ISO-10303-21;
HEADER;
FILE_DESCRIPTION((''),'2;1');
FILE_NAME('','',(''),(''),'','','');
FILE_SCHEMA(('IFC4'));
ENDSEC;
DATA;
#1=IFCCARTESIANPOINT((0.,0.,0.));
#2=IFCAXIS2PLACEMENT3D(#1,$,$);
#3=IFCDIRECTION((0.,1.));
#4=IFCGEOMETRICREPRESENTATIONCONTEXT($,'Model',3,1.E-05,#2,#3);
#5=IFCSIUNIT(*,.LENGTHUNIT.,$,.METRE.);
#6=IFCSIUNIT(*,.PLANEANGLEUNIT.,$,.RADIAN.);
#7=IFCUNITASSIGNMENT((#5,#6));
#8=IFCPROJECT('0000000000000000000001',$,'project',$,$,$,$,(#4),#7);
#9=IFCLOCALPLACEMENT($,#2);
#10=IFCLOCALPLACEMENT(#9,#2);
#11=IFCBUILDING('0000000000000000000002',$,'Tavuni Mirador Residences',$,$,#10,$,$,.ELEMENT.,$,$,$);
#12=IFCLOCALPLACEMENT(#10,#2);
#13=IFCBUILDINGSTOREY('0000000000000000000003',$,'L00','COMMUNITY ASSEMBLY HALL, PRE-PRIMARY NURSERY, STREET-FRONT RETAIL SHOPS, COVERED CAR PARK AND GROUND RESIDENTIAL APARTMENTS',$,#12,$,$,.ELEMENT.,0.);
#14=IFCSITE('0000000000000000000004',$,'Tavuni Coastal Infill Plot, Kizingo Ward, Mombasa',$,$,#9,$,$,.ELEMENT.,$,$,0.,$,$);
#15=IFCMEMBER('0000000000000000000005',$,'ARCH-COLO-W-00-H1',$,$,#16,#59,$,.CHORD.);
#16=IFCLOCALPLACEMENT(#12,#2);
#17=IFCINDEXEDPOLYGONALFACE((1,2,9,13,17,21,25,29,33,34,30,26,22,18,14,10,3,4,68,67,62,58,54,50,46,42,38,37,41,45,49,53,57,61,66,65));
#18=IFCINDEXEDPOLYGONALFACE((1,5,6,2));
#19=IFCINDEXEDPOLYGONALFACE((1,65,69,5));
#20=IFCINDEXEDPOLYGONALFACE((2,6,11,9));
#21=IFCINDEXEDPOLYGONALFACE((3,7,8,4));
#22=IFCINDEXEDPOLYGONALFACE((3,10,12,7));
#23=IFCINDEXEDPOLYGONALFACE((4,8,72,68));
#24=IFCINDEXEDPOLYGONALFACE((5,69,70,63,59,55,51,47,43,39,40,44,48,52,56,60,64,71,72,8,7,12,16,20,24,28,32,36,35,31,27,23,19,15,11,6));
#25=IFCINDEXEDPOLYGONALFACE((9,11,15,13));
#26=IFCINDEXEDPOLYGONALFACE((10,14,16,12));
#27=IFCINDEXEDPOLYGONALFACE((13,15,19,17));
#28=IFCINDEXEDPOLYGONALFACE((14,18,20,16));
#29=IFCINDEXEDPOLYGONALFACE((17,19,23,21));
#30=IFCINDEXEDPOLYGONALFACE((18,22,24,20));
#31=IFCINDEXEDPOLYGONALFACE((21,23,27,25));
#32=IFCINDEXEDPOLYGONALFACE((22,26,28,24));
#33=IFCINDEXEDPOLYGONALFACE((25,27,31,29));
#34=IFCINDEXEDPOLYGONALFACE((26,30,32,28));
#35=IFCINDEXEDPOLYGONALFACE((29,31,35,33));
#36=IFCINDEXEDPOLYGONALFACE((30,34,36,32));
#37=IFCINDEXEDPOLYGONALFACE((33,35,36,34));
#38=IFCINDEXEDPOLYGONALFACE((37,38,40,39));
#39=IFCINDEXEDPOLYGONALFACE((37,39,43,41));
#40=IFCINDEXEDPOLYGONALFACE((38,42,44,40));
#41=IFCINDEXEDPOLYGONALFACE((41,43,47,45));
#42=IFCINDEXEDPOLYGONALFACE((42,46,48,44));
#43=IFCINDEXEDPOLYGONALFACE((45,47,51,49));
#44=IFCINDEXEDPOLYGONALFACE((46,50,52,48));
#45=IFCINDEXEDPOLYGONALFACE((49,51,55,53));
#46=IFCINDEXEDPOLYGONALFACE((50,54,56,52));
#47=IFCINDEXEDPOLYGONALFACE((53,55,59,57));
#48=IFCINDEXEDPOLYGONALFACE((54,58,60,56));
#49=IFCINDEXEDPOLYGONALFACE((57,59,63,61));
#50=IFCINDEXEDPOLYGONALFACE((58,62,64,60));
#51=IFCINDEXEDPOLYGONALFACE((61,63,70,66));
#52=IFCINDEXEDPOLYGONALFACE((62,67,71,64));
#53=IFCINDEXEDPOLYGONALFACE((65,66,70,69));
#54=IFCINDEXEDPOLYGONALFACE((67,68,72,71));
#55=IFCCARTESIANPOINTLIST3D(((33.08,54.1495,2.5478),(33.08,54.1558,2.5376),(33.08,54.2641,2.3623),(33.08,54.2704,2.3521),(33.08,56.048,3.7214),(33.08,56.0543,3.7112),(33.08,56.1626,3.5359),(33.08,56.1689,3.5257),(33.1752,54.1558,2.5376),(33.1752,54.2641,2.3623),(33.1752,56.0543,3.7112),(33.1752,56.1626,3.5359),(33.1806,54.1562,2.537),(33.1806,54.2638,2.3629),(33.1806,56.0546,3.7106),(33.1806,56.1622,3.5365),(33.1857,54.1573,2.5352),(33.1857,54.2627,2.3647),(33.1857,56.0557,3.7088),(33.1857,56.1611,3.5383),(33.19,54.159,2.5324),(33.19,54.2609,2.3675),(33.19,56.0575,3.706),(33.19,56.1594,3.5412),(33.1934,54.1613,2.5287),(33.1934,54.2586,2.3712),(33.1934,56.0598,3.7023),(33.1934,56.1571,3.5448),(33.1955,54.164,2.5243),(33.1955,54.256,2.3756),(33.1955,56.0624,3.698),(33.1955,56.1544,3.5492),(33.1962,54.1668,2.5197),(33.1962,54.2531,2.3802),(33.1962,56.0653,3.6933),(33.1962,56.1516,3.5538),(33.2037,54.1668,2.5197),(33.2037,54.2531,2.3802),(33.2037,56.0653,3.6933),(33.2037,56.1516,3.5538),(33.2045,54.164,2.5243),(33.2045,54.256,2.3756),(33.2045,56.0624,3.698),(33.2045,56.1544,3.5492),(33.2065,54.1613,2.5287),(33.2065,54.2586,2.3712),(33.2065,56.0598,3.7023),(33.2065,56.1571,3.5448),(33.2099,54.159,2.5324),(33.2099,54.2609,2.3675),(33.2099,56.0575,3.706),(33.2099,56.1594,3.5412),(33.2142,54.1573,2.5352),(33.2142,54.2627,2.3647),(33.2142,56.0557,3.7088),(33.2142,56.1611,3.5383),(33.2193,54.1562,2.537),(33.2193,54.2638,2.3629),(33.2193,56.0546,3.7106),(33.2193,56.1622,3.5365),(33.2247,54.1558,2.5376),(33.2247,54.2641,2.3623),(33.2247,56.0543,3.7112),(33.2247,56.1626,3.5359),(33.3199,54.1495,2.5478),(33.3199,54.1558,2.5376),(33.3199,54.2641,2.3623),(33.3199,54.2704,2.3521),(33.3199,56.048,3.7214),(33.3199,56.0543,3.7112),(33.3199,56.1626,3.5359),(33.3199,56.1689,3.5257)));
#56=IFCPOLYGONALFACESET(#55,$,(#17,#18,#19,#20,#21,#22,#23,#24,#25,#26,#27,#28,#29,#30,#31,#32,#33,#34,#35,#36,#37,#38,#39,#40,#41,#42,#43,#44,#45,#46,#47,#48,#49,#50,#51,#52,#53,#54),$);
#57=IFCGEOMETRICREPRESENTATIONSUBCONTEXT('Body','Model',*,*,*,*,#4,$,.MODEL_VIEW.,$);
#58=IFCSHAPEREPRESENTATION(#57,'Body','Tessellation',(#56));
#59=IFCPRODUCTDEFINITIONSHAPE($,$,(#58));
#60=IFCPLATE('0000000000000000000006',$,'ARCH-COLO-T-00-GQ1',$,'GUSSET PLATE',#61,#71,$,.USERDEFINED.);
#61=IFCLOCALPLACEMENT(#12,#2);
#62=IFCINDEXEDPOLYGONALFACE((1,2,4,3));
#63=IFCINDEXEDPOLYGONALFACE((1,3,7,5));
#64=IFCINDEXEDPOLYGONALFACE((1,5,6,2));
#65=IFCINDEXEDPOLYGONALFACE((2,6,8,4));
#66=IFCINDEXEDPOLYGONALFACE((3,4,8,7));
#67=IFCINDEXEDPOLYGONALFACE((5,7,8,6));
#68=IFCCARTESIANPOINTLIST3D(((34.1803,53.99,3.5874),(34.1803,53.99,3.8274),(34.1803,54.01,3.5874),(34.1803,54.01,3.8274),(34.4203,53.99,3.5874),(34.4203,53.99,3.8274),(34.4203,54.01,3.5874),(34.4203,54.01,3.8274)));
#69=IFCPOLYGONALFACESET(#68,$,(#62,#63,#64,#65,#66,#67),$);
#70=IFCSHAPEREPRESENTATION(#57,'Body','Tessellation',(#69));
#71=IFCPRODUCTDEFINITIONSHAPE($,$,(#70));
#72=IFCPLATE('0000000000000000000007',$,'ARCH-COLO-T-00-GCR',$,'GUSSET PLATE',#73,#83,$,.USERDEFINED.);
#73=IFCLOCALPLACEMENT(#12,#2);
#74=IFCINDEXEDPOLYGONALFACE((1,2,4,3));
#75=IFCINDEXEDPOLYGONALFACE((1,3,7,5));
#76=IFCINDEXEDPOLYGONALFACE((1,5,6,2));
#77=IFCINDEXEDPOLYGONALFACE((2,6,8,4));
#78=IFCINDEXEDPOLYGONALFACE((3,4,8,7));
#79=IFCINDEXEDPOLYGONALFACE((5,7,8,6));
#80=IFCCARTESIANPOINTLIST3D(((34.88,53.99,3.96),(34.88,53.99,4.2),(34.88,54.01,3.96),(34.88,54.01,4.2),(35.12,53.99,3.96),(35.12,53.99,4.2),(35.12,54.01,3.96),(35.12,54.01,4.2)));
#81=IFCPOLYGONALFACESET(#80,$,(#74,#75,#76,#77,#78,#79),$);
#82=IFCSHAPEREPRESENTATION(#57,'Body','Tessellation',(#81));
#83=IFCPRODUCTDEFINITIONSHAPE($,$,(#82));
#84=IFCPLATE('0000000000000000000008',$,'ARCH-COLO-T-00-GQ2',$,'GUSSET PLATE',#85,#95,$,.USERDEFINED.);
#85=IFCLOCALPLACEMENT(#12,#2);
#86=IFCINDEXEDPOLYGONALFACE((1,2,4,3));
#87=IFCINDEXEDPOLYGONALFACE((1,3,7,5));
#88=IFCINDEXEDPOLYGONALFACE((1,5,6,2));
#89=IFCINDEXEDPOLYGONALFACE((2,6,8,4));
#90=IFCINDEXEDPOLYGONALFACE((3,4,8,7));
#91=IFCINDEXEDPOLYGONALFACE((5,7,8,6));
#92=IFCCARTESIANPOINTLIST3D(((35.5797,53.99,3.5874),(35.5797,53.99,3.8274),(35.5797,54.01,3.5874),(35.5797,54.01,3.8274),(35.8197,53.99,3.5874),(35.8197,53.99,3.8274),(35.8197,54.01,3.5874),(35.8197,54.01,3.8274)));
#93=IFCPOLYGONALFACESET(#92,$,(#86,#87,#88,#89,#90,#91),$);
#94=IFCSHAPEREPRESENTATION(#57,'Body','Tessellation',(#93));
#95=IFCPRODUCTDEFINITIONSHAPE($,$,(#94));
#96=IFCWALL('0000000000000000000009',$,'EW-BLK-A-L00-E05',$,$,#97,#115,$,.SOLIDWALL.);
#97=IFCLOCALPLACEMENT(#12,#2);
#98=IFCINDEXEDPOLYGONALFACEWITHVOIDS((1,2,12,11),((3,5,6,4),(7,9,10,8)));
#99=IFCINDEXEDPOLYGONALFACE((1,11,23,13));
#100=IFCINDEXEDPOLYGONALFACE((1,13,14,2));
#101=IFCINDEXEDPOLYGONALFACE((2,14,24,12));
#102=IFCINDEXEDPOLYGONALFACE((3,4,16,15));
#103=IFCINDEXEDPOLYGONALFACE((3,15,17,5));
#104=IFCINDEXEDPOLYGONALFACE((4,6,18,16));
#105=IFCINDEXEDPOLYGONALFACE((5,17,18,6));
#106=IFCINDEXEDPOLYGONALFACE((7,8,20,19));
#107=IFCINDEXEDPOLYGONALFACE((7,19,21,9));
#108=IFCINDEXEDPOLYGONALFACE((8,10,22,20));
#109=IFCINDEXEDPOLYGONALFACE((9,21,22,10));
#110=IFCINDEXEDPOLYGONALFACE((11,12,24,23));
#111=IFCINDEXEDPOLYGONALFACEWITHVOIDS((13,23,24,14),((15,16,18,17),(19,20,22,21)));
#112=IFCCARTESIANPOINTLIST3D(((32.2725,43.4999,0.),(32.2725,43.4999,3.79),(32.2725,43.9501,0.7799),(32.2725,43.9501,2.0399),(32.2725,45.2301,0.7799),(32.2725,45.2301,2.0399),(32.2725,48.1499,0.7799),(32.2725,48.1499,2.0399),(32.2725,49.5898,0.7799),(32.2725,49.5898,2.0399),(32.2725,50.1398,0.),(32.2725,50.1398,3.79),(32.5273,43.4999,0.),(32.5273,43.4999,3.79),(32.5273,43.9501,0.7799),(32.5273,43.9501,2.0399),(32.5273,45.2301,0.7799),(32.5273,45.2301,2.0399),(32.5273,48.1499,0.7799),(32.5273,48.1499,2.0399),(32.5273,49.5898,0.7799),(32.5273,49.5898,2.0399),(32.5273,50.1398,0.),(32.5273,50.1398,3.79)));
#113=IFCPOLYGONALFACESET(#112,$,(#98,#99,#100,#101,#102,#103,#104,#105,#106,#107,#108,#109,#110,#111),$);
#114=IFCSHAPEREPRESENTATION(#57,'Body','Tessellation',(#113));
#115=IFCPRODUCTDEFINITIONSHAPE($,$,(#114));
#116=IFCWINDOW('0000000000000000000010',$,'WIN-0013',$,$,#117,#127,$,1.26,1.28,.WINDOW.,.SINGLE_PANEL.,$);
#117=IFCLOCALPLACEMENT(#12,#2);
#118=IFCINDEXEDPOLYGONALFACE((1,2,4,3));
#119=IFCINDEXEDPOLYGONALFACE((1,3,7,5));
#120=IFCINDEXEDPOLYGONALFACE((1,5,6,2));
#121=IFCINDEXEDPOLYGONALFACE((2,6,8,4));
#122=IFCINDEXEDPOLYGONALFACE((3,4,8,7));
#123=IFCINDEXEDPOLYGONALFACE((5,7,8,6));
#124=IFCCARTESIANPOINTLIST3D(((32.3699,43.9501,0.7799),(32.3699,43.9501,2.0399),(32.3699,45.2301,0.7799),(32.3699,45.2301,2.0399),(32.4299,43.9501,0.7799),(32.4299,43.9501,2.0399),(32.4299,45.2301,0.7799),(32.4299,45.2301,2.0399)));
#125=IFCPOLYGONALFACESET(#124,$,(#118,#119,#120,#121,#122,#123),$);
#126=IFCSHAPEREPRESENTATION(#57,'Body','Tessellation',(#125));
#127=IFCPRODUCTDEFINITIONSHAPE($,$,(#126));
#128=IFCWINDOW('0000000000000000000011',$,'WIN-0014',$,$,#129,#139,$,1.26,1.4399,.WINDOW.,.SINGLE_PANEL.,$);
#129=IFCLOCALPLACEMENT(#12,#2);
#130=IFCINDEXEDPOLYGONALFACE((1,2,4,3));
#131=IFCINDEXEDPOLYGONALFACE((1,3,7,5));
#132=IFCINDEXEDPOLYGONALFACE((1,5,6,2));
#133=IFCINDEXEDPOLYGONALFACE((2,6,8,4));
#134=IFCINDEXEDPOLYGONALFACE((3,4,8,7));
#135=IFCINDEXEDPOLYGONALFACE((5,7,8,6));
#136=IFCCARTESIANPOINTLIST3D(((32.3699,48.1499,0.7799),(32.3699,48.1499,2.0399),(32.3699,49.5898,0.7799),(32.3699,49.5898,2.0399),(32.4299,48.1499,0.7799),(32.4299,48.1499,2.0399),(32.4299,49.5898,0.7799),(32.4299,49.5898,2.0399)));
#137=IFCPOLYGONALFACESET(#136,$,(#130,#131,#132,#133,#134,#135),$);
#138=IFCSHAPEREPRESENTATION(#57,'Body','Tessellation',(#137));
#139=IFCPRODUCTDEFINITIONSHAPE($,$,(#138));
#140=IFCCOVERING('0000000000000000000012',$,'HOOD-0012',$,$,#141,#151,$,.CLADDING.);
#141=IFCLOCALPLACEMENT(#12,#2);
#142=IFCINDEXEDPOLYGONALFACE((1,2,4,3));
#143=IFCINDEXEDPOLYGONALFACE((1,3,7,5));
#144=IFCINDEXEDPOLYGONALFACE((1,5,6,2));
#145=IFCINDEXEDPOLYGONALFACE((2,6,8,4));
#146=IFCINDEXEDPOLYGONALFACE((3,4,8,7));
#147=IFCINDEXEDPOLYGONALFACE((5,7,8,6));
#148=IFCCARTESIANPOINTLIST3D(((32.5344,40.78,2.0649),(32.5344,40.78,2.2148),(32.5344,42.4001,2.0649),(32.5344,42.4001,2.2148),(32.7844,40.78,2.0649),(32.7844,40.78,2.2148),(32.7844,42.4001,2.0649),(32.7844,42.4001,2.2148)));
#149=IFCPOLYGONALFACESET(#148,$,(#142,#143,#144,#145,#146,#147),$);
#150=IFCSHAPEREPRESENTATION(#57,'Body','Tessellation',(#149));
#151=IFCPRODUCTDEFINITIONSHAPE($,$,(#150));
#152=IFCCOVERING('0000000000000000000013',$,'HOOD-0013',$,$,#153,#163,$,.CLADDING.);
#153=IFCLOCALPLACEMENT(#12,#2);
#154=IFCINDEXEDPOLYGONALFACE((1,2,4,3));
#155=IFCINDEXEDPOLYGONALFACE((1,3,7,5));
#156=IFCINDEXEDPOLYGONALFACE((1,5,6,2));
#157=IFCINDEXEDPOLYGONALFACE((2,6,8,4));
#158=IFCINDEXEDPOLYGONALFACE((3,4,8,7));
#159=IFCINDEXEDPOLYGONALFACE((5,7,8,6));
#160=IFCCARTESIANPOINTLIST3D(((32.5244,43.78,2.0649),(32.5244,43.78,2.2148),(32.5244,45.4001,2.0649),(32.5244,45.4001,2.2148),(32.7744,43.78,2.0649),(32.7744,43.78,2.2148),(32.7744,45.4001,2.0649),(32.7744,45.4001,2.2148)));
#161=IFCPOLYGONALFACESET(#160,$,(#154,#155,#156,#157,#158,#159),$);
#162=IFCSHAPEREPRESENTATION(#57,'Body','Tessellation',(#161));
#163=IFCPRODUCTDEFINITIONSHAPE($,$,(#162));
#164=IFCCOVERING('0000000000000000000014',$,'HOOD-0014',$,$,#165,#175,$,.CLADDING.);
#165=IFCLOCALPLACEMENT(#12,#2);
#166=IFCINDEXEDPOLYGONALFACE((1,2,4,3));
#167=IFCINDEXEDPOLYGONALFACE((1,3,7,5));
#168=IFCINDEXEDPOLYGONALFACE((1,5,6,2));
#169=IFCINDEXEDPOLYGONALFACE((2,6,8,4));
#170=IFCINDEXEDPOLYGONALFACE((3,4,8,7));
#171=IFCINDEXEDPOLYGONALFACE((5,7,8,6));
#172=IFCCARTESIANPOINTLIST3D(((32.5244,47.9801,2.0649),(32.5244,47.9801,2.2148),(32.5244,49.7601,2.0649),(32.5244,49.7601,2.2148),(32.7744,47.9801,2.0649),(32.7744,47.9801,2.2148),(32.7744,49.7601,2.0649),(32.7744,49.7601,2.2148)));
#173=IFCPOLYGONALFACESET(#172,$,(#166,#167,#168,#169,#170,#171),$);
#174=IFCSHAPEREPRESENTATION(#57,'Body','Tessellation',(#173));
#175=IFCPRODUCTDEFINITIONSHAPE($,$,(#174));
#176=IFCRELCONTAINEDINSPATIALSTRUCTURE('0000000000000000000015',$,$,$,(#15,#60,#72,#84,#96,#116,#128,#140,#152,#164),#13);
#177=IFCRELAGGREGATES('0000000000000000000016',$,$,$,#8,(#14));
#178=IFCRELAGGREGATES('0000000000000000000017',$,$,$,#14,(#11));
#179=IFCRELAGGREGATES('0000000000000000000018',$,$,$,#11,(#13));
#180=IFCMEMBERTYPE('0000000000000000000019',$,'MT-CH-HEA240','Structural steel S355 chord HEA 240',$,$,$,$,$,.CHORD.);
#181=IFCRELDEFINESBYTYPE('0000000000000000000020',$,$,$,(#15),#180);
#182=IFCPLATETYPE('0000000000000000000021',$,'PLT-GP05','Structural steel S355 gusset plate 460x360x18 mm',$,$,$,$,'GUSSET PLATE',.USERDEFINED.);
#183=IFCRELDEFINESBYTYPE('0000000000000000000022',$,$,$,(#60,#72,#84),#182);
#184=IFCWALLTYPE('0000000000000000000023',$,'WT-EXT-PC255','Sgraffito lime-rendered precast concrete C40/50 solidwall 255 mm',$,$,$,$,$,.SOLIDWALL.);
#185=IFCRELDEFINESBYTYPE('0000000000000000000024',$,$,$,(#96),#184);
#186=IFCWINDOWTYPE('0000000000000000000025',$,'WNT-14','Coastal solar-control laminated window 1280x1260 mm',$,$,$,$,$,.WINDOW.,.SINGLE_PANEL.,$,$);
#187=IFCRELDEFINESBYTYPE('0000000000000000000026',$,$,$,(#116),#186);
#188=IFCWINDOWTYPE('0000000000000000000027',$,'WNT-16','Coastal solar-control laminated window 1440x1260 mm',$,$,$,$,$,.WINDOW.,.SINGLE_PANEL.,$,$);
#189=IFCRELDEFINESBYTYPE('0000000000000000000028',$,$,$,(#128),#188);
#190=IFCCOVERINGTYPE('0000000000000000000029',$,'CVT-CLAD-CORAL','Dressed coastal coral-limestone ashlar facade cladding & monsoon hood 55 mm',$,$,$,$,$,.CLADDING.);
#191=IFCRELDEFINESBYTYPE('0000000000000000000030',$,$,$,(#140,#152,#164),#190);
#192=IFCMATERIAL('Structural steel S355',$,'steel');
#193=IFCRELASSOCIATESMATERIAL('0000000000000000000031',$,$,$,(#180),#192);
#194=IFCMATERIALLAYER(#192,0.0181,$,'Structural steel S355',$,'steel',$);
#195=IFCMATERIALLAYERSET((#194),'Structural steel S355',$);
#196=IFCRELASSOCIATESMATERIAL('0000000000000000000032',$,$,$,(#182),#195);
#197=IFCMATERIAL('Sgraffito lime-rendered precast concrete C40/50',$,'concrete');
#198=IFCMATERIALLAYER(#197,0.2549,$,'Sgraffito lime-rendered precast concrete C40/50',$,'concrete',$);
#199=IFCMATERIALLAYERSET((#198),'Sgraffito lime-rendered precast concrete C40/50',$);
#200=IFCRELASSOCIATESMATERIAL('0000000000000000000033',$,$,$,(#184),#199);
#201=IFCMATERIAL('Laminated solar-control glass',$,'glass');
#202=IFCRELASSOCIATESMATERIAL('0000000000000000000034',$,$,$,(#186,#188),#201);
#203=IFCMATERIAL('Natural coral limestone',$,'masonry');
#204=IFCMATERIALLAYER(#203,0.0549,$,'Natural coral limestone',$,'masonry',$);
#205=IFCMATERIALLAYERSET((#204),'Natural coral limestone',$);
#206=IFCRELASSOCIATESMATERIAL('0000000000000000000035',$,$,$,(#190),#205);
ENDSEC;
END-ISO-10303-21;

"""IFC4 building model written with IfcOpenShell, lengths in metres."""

from ifc_helpers import new_model, si_unit, direction, frame, frame_2d, origin, origin_2d, place, context, subcontext, project, spatial, rectangle, i_section, extrude, material, layer, layer_set, material_profile, profile_set, type_object, element, fill, save


model = new_model("IFC4")

# Units and contexts
model_context = context("Model", 3, precision=1e-05, world=origin(), true_north=direction((0.0, 1.0)))
body_context = subcontext(model_context, "Body", "Model", "MODEL_VIEW")
ifc_project = project(units=[si_unit("LENGTHUNIT", "METRE"), si_unit("PLANEANGLEUNIT", "RADIAN")], contexts=[model_context])

# Site, building, storey
site_placement = place(None, origin())
site = spatial("IfcSite", under=ifc_project, at=site_placement, Name="Tavuni Coastal Infill Plot, Kizingo Ward, Mombasa", CompositionType="ELEMENT", RefElevation=0.0)
building_placement = place(site_placement, origin())
building = spatial("IfcBuilding", under=site, at=building_placement, Name="Tavuni Mirador Residences", CompositionType="ELEMENT")
storey_placement = place(building_placement, origin())
storey = spatial("IfcBuildingStorey", under=building, at=storey_placement, Name="L00", Description="COMMUNITY ASSEMBLY HALL, PRE-PRIMARY NURSERY, STREET-FRONT RETAIL SHOPS, COVERED CAR PARK AND GROUND RESIDENTIAL APARTMENTS", CompositionType="ELEMENT", Elevation=0.0)

# Member
ifc_material_1 = material(Name="Structural steel S355", Category="steel")
ifc_material_profile_1 = material_profile(ifc_material_1, i_section(OverallWidth=0.24, OverallDepth=0.23, WebThickness=0.0076, FlangeThickness=0.012, FilletRadius=0.021, at=origin_2d()), Name="HEA 240", Category="steel")
ifc_profile_set_1 = profile_set([ifc_material_profile_1], Name="Structural steel S355")
member_type_1 = type_object("IfcMemberType", Name="MT-CH-HEA240", Description="Structural steel S355 chord HEA 240", PredefinedType="CHORD", material=ifc_profile_set_1)
member_1_placement = place(storey_placement, frame((33.2, 54.21, 2.45), z_axis=(0.0, 0.850594, 0.525824), x_axis=(-1.0, 0.0, 0.0)))
element("IfcMember", 1, at=member_1_placement, inside=storey, type_object=member_type_1, Name="ARCH-COLO-W-00-H1", PredefinedType="CHORD", context=body_context, shape_type="SweptSolid", body=[
    extrude(i_section(OverallWidth=0.24, OverallDepth=0.23, WebThickness=0.0076, FlangeThickness=0.012, FilletRadius=0.021, at=origin_2d()), origin(), (0.0, 0.0, 1.0), 2.2319),
])

# Plates
ifc_layer_1 = layer(ifc_material_1, 0.0181, Name="Structural steel S355", Category="steel")
ifc_layer_set_1 = layer_set([ifc_layer_1], Name="Structural steel S355")
plate_type = type_object("IfcPlateType", Name="PLT-GP05", Description="Structural steel S355 gusset plate 460x360x18 mm", ElementType="GUSSET PLATE", PredefinedType="USERDEFINED", material=ifc_layer_set_1)
for number, where, z_axis, x_axis, name in (
    (2, (34.3003, 54.0, 3.5874), (0.0, 0.0, 1.0), (1.0, 0.0, 0.0), "ARCH-COLO-T-00-GQ1"),
    (3, (35.0, 54.0, 3.96), (0.0, 0.0, 1.0), (1.0, 0.0, 0.0), "ARCH-COLO-T-00-GCR"),
    (4, (35.6997, 54.0, 3.5874), (0.0, 0.0, 1.0), (1.0, 0.0, 0.0), "ARCH-COLO-T-00-GQ2"),
):
    element("IfcPlate", number, at=place(storey_placement, frame(where, z_axis=z_axis, x_axis=x_axis)), inside=storey, type_object=plate_type, Name=name, ObjectType="GUSSET PLATE", PredefinedType="USERDEFINED", context=body_context, shape_type="SweptSolid", body=[
        extrude(rectangle(XDim=0.24, YDim=0.02, at=origin_2d()), origin(), (0.0, 0.0, 1.0), 0.24),
    ])

# Wall, openings, windows
ifc_material_2 = material(Name="Sgraffito lime-rendered precast concrete C40/50", Category="concrete")
ifc_layer_2 = layer(ifc_material_2, 0.2549, Name="Sgraffito lime-rendered precast concrete C40/50", Category="concrete")
ifc_layer_set_2 = layer_set([ifc_layer_2], Name="Sgraffito lime-rendered precast concrete C40/50")
wall_type = type_object("IfcWallType", Name="WT-EXT-PC255", Description="Sgraffito lime-rendered precast concrete C40/50 solidwall 255 mm", PredefinedType="SOLIDWALL", material=ifc_layer_set_2)
wall_placement = place(storey_placement, frame((32.3999, 43.5, 0.0), z_axis=(0.0, 0.0, 1.0), x_axis=(0.0, 1.0, 0.0)))
wall = element("IfcWall", 5, at=wall_placement, inside=storey, type_object=wall_type, Name="EW-BLK-A-L00-E05", PredefinedType="SOLIDWALL", context=body_context, shape_type="SweptSolid", body=[
    extrude(rectangle(XDim=6.6399, YDim=0.2549, at=frame_2d((3.3198, 0.0))), origin(), (0.0, 0.0, 1.0), 3.79),
])
opening_1_placement = place(wall_placement, frame((0.45, 0.0, 0.78)))
opening_1 = element("IfcOpeningElement", 6, at=opening_1_placement, cuts=wall, PredefinedType="OPENING", context=body_context, shape_type="SweptSolid", body=[
    extrude(rectangle(XDim=1.28, YDim=1.26, at=frame_2d((0.6401, 0.6299))), frame((0.0, 0.1375, 0.0), z_axis=(0.0, -1.0, 0.0), x_axis=(1.0, 0.0, 0.0)), (0.0, 0.0, 1.0), 0.2749),
])
opening_2_placement = place(wall_placement, frame((4.6499, 0.0, 0.78)))
opening_2 = element("IfcOpeningElement", 7, at=opening_2_placement, cuts=wall, PredefinedType="OPENING", context=body_context, shape_type="SweptSolid", body=[
    extrude(rectangle(XDim=1.4399, YDim=1.26, at=frame_2d((0.72, 0.6299))), frame((0.0, 0.1375, 0.0), z_axis=(0.0, -1.0, 0.0), x_axis=(1.0, 0.0, 0.0)), (0.0, 0.0, 1.0), 0.2749),
])
ifc_material_3 = material(Name="Laminated solar-control glass", Category="glass")
window_type_1 = type_object("IfcWindowType", Name="WNT-14", Description="Coastal solar-control laminated window 1280x1260 mm", PartitioningType="SINGLE_PANEL", PredefinedType="WINDOW", material=ifc_material_3)
window_1_placement = place(opening_1_placement, origin())
window_1 = element("IfcWindow", 8, at=window_1_placement, inside=storey, type_object=window_type_1, Name="WIN-0013", OverallHeight=1.26, OverallWidth=1.28, PartitioningType="SINGLE_PANEL", PredefinedType="WINDOW", context=body_context, shape_type="SweptSolid", body=[
    extrude(rectangle(XDim=1.28, YDim=1.26, at=frame_2d((0.6401, 0.6299))), frame((0.0, 0.03, 0.0), z_axis=(0.0, -1.0, 0.0), x_axis=(1.0, 0.0, 0.0)), (0.0, 0.0, 1.0), 0.0601),
])
fill(opening_1, window_1)
window_type_2 = type_object("IfcWindowType", Name="WNT-16", Description="Coastal solar-control laminated window 1440x1260 mm", PartitioningType="SINGLE_PANEL", PredefinedType="WINDOW", material=ifc_material_3)
window_2_placement = place(opening_2_placement, origin())
window_2 = element("IfcWindow", 9, at=window_2_placement, inside=storey, type_object=window_type_2, Name="WIN-0014", OverallHeight=1.26, OverallWidth=1.4399, PartitioningType="SINGLE_PANEL", PredefinedType="WINDOW", context=body_context, shape_type="SweptSolid", body=[
    extrude(rectangle(XDim=1.4399, YDim=1.26, at=frame_2d((0.72, 0.6299))), frame((0.0, 0.03, 0.0), z_axis=(0.0, -1.0, 0.0), x_axis=(1.0, 0.0, 0.0)), (0.0, 0.0, 1.0), 0.0601),
])
fill(opening_2, window_2)

# Coverings
ifc_material_4 = material(Name="Natural coral limestone", Category="masonry")
ifc_layer_3 = layer(ifc_material_4, 0.0549, Name="Natural coral limestone", Category="masonry")
ifc_layer_set_3 = layer_set([ifc_layer_3], Name="Natural coral limestone")
covering_type = type_object("IfcCoveringType", Name="CVT-CLAD-CORAL", Description="Dressed coastal coral-limestone ashlar facade cladding & monsoon hood 55 mm", PredefinedType="CLADDING", material=ifc_layer_set_3)
for number, where, z_axis, x_axis, name in (
    (10, (32.6594, 41.5901, 2.0649), (0.0, 0.0, 1.0), (0.0, 1.0, 0.0), "HOOD-0012"),
    (11, (32.6494, 44.5901, 2.0649), (0.0, 0.0, 1.0), (0.0, 1.0, 0.0), "HOOD-0013"),
):
    element("IfcCovering", number, at=place(storey_placement, frame(where, z_axis=z_axis, x_axis=x_axis)), inside=storey, type_object=covering_type, Name=name, PredefinedType="CLADDING", context=body_context, shape_type="SweptSolid", body=[
        extrude(rectangle(XDim=1.6201, YDim=0.25, at=origin_2d()), origin(), (0.0, 0.0, 1.0), 0.1499),
    ])
covering_placement = place(storey_placement, frame((32.6494, 48.8701, 2.0649), z_axis=(0.0, 0.0, 1.0), x_axis=(0.0, 1.0, 0.0)))
element("IfcCovering", 12, at=covering_placement, inside=storey, type_object=covering_type, Name="HOOD-0014", PredefinedType="CLADDING", context=body_context, shape_type="SweptSolid", body=[
    extrude(rectangle(XDim=1.78, YDim=0.25, at=origin_2d()), origin(), (0.0, 0.0, 1.0), 0.1499),
])

save(model, "model.ifc")
